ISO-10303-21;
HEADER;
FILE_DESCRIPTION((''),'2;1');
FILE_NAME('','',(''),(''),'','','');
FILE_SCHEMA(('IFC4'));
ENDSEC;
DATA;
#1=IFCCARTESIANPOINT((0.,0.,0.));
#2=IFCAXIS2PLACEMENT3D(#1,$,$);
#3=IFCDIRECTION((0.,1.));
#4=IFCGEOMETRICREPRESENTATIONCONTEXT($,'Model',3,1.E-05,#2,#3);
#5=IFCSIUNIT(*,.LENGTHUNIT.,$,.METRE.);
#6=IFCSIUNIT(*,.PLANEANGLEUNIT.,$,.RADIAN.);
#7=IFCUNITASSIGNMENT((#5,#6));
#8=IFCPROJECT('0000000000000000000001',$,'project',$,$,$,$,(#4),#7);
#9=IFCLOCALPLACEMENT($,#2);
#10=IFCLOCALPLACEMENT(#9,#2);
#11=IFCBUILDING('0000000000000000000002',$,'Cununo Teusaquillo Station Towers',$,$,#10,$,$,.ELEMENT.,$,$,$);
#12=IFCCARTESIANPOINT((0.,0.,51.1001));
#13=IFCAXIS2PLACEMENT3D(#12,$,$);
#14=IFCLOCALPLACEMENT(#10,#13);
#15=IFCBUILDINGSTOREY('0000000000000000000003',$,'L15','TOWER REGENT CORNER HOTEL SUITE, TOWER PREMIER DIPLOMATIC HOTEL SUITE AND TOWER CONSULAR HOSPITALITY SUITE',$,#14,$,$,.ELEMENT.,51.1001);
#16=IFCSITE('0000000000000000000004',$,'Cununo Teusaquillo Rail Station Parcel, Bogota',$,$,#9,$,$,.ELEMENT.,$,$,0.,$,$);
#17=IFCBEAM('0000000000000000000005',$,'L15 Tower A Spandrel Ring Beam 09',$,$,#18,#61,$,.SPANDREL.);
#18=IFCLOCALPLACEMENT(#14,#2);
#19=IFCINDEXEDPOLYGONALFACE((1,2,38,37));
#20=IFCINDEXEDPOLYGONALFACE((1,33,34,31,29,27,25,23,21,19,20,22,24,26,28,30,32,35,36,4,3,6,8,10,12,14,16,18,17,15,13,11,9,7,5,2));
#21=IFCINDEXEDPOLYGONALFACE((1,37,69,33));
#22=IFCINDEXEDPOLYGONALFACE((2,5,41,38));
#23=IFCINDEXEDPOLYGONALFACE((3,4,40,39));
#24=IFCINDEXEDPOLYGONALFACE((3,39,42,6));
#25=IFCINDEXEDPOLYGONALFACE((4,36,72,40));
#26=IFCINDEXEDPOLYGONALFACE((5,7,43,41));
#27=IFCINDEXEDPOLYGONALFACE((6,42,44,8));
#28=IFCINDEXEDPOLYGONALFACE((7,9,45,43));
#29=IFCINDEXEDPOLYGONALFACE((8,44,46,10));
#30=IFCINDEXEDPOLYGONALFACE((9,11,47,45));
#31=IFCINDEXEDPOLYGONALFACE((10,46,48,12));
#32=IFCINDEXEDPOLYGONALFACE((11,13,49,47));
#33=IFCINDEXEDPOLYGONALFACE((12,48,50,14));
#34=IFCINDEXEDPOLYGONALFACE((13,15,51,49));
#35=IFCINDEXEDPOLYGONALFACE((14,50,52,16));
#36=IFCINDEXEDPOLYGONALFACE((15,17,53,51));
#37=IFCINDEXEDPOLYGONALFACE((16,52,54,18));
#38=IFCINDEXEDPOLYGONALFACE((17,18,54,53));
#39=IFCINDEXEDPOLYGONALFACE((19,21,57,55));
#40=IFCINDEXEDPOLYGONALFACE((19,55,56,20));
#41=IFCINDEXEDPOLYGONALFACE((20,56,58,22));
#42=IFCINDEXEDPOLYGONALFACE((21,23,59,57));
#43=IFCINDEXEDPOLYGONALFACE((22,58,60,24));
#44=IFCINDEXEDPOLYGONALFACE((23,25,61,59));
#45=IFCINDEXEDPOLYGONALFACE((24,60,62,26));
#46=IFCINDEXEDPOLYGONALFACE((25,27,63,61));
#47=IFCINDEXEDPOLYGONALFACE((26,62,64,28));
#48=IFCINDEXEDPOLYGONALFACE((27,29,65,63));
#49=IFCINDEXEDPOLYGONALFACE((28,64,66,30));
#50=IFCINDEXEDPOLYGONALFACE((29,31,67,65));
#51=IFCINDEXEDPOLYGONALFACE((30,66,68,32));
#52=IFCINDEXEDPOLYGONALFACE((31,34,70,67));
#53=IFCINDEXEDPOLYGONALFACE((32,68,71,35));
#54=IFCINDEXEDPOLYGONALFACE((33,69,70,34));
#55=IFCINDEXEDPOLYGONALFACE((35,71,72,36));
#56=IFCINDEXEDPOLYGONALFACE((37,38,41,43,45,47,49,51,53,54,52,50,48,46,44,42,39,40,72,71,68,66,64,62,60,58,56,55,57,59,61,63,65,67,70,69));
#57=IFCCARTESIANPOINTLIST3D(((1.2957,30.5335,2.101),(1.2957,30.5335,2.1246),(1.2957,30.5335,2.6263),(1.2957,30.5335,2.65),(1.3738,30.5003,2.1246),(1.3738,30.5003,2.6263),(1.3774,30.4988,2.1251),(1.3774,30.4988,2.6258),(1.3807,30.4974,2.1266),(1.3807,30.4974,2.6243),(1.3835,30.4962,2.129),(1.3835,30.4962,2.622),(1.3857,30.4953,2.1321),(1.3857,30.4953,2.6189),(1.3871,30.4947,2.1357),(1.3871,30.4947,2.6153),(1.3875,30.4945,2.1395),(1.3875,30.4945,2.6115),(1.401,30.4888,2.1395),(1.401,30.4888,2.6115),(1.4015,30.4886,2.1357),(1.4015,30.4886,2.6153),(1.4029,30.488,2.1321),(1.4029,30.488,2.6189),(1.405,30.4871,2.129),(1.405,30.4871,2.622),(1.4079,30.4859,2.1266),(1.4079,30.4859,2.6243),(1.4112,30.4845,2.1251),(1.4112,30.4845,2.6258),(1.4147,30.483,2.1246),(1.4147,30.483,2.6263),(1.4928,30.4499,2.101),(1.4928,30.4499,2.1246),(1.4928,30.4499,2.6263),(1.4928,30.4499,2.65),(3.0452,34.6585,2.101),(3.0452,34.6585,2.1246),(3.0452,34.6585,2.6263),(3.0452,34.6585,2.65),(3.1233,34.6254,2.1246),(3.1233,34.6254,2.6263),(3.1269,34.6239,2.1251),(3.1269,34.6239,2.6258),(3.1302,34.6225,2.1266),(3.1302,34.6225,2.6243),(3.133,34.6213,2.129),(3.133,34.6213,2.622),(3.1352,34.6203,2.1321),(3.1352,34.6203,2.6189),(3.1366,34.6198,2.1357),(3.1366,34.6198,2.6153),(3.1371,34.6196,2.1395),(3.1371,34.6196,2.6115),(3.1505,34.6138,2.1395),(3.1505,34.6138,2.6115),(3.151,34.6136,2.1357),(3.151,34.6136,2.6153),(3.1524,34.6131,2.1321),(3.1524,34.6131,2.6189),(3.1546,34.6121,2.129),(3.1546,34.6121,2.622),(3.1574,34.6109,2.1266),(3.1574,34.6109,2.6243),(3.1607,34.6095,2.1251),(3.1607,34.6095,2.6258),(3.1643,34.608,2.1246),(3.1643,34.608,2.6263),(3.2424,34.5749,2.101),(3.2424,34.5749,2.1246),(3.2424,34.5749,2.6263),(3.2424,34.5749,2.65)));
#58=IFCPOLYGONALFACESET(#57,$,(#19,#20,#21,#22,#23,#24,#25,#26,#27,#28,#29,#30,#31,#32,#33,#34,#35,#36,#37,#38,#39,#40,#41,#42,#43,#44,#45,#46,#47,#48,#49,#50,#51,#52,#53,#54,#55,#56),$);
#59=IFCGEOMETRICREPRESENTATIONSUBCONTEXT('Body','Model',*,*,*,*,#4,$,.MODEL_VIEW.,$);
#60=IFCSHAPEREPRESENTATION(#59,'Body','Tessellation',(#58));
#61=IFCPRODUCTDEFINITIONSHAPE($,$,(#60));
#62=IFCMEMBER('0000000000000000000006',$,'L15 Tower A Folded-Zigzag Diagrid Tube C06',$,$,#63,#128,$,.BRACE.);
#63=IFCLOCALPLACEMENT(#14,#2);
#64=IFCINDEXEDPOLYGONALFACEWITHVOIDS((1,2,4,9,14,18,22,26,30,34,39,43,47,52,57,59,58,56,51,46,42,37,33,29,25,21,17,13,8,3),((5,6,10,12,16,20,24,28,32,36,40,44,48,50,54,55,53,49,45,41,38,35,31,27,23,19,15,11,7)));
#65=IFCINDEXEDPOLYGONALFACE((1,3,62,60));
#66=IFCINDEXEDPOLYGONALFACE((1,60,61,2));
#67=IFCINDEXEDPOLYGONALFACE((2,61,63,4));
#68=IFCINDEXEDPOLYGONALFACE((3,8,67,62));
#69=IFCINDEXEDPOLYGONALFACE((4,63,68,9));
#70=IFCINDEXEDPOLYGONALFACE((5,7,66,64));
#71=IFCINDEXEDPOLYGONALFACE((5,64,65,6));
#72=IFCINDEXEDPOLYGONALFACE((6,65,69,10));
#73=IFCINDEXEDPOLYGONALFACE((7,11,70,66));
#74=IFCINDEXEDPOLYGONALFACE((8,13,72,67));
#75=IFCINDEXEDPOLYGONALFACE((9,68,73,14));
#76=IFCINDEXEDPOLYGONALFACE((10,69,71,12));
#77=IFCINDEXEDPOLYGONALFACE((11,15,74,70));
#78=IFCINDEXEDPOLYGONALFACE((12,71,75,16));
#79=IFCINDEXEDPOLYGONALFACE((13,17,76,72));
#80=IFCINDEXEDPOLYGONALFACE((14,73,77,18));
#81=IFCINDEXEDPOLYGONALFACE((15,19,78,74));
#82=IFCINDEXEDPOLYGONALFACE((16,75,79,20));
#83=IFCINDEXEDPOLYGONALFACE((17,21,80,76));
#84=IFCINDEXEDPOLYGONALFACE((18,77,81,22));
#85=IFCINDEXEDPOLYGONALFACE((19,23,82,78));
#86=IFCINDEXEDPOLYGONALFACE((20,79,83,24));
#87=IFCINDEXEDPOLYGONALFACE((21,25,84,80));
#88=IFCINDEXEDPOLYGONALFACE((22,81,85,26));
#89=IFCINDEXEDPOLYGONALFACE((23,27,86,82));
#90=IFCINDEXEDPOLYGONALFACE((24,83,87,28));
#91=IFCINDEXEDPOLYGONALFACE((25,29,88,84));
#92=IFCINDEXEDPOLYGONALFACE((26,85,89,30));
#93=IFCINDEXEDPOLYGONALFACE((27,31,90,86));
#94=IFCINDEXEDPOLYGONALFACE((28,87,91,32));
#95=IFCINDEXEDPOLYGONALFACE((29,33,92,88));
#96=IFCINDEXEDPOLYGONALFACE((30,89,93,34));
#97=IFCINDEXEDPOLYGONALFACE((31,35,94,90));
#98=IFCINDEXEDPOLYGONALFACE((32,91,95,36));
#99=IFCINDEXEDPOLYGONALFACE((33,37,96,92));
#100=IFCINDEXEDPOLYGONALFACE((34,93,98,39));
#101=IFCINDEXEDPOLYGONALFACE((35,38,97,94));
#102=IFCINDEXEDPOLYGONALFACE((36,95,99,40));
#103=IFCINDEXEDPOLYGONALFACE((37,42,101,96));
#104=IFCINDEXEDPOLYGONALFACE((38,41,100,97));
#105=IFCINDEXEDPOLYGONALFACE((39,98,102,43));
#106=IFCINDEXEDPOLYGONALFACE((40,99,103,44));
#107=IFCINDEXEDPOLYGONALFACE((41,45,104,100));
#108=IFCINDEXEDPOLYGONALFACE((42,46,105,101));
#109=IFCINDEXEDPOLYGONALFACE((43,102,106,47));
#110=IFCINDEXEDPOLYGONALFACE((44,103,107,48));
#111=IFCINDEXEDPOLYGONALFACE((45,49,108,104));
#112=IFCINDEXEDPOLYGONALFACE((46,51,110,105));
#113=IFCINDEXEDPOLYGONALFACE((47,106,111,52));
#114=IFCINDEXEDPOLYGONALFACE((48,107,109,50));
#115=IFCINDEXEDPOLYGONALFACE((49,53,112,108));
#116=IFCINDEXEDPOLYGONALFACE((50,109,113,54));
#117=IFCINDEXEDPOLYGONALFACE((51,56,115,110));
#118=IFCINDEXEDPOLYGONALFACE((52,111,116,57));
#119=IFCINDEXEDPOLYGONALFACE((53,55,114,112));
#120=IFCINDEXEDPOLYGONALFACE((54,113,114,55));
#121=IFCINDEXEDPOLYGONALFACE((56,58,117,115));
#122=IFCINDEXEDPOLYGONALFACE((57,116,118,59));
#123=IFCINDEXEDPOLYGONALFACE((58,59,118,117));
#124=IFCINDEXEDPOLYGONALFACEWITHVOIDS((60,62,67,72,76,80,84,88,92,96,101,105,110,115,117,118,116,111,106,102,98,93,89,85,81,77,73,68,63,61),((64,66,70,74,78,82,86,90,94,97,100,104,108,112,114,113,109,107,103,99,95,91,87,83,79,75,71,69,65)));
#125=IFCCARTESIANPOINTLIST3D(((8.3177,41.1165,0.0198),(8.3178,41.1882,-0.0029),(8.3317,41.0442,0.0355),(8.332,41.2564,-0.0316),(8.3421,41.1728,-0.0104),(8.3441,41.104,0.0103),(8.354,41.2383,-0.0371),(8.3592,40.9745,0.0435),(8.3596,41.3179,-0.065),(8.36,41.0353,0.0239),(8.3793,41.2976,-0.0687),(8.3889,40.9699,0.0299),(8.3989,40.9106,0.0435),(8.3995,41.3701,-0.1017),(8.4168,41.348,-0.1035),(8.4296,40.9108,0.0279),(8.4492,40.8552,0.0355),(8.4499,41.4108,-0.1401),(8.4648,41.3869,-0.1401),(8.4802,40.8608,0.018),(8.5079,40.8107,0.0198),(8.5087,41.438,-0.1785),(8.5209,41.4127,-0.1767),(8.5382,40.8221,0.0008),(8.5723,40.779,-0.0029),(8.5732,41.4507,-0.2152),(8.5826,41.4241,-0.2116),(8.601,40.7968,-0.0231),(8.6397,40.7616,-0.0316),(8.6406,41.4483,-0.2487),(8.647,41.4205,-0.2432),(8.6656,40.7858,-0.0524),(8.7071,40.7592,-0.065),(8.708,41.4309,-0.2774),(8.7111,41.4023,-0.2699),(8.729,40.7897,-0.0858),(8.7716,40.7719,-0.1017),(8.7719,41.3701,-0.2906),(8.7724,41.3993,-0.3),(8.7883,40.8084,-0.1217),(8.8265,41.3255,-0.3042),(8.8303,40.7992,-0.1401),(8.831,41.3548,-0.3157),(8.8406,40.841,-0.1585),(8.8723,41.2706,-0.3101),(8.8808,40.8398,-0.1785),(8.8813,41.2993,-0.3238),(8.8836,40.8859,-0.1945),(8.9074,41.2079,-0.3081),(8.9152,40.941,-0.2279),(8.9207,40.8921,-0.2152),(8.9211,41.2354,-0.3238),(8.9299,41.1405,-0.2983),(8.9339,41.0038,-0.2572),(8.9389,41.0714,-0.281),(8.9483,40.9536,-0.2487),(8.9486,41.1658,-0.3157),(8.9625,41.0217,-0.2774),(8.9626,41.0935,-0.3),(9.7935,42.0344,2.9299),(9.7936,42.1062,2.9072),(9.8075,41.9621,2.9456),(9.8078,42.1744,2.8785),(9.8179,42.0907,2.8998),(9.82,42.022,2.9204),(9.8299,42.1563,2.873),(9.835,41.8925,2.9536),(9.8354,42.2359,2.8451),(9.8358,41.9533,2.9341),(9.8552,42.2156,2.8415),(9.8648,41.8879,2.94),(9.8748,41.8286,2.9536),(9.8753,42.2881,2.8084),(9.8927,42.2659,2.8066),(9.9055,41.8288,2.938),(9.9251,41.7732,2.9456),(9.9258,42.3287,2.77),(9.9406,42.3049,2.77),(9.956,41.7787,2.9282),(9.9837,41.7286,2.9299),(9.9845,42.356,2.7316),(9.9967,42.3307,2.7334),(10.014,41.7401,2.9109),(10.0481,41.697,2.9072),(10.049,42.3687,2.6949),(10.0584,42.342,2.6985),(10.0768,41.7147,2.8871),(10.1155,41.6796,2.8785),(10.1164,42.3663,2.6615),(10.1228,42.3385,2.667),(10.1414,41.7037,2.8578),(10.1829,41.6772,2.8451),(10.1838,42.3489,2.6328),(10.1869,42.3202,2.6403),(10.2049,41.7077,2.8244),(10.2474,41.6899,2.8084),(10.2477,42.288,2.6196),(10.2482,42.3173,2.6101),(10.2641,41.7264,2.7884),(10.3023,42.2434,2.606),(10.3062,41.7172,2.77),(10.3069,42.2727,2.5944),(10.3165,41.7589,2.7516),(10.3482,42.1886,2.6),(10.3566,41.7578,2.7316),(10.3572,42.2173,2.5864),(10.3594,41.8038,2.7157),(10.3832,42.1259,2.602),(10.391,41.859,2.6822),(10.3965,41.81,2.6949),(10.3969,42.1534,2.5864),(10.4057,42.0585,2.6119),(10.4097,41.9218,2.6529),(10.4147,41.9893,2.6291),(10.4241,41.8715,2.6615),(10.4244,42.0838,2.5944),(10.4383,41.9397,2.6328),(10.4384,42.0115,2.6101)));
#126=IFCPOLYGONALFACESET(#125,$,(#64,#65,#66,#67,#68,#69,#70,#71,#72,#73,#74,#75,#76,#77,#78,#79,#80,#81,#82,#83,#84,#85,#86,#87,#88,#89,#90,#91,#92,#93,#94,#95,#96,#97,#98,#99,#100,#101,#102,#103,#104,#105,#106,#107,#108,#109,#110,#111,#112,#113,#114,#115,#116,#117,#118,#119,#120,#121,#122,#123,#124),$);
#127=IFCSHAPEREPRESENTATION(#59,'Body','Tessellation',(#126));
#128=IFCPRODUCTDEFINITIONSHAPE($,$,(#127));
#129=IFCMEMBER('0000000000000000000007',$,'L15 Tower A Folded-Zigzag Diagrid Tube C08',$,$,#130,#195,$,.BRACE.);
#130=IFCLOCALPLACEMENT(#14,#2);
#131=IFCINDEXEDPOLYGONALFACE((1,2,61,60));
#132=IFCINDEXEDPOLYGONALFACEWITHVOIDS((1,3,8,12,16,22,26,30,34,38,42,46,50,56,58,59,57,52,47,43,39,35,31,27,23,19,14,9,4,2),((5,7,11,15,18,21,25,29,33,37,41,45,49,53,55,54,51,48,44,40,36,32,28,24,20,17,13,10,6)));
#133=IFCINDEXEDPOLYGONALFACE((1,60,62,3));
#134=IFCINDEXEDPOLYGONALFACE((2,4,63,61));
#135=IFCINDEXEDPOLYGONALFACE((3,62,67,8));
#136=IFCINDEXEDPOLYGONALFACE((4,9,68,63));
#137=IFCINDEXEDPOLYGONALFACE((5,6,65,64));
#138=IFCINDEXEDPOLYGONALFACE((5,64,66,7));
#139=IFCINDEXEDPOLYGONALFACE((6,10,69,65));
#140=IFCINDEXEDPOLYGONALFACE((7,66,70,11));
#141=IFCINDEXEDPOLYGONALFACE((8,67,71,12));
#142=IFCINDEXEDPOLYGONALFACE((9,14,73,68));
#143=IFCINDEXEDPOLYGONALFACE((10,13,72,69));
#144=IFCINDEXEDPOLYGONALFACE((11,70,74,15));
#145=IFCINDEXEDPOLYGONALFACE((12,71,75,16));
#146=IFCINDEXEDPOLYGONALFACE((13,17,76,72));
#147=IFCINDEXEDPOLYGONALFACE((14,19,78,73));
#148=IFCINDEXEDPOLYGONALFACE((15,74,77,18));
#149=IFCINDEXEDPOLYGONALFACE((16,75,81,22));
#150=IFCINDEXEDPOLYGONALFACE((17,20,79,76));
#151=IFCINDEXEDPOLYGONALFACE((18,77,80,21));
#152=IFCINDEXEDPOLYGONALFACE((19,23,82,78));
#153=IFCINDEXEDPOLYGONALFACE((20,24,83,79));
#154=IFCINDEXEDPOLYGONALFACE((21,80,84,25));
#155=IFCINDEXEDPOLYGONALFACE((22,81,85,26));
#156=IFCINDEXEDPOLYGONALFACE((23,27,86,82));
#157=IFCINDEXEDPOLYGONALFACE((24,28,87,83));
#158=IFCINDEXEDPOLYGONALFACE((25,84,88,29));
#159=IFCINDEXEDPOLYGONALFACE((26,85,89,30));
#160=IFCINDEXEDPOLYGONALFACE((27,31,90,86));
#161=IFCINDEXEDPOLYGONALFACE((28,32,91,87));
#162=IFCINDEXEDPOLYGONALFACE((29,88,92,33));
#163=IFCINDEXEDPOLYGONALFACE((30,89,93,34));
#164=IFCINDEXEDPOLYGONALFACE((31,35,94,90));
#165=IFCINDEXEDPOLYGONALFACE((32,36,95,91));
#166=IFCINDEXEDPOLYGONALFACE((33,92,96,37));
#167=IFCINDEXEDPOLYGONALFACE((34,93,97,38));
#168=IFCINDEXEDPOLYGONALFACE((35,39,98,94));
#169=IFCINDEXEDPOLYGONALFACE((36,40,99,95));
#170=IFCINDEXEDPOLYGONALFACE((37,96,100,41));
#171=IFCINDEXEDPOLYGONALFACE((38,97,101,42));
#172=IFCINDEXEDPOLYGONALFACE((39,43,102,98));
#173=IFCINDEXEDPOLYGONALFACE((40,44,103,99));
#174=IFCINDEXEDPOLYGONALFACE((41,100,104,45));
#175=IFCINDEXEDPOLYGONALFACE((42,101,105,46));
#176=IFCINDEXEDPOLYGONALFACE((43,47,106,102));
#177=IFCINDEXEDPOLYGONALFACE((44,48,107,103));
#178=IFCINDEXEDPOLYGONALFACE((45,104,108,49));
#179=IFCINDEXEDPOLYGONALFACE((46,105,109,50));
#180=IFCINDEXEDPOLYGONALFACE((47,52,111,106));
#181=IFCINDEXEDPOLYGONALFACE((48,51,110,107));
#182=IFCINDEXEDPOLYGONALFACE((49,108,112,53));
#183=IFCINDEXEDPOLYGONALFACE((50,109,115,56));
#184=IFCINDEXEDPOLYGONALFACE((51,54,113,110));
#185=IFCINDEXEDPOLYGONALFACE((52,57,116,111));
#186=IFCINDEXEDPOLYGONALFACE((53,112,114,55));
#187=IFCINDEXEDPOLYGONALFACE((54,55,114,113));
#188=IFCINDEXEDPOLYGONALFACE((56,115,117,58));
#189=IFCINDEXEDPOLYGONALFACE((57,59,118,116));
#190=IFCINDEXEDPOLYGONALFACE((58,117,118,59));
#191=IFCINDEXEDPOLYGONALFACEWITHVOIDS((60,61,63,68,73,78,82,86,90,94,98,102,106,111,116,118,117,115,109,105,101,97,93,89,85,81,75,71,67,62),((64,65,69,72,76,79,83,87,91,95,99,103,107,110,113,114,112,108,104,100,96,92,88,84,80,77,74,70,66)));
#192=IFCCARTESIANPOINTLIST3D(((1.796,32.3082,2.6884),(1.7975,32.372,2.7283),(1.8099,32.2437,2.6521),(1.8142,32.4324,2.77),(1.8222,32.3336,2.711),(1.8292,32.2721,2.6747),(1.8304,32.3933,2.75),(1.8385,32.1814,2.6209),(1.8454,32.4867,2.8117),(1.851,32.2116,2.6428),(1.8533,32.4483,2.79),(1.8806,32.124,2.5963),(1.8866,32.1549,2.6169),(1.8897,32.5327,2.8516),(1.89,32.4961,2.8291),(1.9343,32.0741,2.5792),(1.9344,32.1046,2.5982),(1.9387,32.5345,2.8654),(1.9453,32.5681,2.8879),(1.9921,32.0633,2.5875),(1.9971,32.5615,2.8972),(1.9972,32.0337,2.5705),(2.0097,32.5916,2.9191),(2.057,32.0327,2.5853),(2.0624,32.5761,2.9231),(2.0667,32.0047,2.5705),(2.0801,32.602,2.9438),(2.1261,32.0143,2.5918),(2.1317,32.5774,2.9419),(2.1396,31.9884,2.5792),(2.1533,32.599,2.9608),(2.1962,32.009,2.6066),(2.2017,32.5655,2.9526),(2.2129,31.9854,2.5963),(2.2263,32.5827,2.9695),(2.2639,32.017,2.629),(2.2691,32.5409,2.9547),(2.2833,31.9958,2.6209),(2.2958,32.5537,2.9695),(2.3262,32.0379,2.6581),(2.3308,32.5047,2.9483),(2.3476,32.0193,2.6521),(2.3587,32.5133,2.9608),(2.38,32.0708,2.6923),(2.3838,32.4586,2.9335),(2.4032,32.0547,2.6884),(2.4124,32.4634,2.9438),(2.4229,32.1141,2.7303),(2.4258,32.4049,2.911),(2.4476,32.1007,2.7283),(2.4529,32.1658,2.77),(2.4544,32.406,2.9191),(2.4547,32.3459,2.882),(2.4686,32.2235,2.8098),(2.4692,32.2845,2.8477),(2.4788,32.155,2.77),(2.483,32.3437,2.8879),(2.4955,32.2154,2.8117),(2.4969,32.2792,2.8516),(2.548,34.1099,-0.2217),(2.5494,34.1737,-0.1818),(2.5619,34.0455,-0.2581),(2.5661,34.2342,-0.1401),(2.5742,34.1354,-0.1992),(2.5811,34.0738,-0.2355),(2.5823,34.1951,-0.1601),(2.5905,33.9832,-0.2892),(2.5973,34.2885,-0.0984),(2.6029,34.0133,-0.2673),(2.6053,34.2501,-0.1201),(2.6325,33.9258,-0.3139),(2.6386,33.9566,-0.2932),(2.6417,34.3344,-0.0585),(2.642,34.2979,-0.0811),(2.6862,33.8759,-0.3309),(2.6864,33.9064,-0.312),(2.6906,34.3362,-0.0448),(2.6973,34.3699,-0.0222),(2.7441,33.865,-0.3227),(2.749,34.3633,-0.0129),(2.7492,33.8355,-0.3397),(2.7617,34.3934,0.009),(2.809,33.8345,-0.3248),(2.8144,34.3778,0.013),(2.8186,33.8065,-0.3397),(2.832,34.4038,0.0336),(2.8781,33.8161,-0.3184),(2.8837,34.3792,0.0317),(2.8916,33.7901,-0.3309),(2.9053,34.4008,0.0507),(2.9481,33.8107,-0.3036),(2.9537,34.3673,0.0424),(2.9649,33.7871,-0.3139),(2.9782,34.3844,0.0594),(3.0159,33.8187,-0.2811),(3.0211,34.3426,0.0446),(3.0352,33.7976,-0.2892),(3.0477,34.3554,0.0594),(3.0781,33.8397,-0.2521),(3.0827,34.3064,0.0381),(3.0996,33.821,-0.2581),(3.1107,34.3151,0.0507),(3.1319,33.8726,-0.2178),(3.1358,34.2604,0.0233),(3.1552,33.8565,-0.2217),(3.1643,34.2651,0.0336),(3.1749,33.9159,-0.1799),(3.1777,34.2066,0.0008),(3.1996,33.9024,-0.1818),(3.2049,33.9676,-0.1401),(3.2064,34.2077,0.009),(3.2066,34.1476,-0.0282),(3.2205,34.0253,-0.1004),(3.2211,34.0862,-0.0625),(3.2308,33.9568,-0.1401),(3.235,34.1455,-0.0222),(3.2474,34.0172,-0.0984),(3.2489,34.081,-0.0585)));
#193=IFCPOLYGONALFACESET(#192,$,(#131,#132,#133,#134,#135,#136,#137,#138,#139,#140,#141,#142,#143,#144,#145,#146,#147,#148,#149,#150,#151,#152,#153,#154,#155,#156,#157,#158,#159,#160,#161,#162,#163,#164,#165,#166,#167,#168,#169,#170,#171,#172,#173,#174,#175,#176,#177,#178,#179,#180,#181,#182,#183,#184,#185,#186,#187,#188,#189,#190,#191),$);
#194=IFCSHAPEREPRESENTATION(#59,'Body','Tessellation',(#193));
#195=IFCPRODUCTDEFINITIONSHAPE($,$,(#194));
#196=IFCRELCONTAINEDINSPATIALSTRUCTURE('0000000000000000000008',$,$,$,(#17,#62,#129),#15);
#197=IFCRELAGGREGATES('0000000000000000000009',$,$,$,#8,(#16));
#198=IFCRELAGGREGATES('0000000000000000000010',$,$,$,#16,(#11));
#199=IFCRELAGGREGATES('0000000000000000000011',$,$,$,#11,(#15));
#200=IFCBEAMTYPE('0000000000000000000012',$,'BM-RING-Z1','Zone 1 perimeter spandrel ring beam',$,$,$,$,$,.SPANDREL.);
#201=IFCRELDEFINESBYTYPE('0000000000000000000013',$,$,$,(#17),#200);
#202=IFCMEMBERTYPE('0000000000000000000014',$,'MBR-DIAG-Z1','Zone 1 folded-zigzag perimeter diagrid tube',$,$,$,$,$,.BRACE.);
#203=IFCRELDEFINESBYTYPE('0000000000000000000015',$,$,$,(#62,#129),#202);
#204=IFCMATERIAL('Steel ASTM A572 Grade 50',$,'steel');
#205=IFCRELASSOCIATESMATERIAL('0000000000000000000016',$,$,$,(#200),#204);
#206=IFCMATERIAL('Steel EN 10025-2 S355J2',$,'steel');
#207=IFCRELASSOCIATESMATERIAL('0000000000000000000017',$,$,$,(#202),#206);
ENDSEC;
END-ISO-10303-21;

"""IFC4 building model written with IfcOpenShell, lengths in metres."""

from ifc_helpers import new_model, si_unit, direction, frame, origin, origin_2d, place, context, subcontext, project, spatial, hollow_circle, i_section, extrude, material, material_profile, profile_set, type_object, element, save


model = new_model("IFC4")

# Units and contexts
model_context = context("Model", 3, precision=1e-05, world=origin(), true_north=direction((0.0, 1.0)))
body_context = subcontext(model_context, "Body", "Model", "MODEL_VIEW")
ifc_project = project(units=[si_unit("LENGTHUNIT", "METRE"), si_unit("PLANEANGLEUNIT", "RADIAN")], contexts=[model_context])

# Site, building, storey
site_placement = place(None, origin())
site = spatial("IfcSite", under=ifc_project, at=site_placement, Name="Cununo Teusaquillo Rail Station Parcel, Bogota", CompositionType="ELEMENT", RefElevation=0.0)
building_placement = place(site_placement, origin())
building = spatial("IfcBuilding", under=site, at=building_placement, Name="Cununo Teusaquillo Station Towers", CompositionType="ELEMENT")
storey_placement = place(building_placement, frame((0.0, 0.0, 51.1001)))
storey = spatial("IfcBuildingStorey", under=building, at=storey_placement, Name="L15", Description="TOWER REGENT CORNER HOTEL SUITE, TOWER PREMIER DIPLOMATIC HOTEL SUITE AND TOWER CONSULAR HOSPITALITY SUITE", CompositionType="ELEMENT", Elevation=51.1001)

# Beam
ifc_material_1 = material(Name="Steel ASTM A572 Grade 50", Category="steel")
ifc_material_profile_1 = material_profile(ifc_material_1, i_section(OverallWidth=0.2141, OverallDepth=0.5491, WebThickness=0.0146, FlangeThickness=0.0237, FilletRadius=0.0149, at=origin_2d()), Name="W21X93")
ifc_profile_set_1 = profile_set([ifc_material_profile_1], Name="Steel ASTM A572 Grade 50")
beam_type = type_object("IfcBeamType", Name="BM-RING-Z1", Description="Zone 1 perimeter spandrel ring beam", PredefinedType="SPANDREL", material=ifc_profile_set_1)
beam_1_placement = place(storey_placement, frame((3.1438, 34.6167, 2.3755), z_axis=(-0.390457, -0.920621, 0.0), x_axis=(0.920621, -0.390457, 0.0)))
element("IfcBeam", 1, at=beam_1_placement, inside=storey, type_object=beam_type, Name="L15 Tower A Spandrel Ring Beam 09", PredefinedType="SPANDREL", context=body_context, shape_type="SweptSolid", body=[
    extrude(i_section(OverallWidth=0.2141, OverallDepth=0.5491, WebThickness=0.0146, FlangeThickness=0.0237, FilletRadius=0.0149, at=origin_2d()), origin(), (0.0, 0.0, 1.0), 4.4807),
])

# Members
ifc_material_2 = material(Name="Steel EN 10025-2 S355J2", Category="steel")
ifc_material_profile_2 = material_profile(ifc_material_2, hollow_circle(Radius=0.3601, WallThickness=0.0281, at=origin_2d()), Name="CHS 720x28")
ifc_profile_set_2 = profile_set([ifc_material_profile_2], Name="Steel EN 10025-2 S355J2")
member_type = type_object("IfcMemberType", Name="MBR-DIAG-Z1", Description="Zone 1 folded-zigzag perimeter diagrid tube", PredefinedType="BRACE", material=ifc_profile_set_2)
member_1_placement = place(storey_placement, frame((8.6401, 41.105, -0.1401), z_axis=(0.435393, 0.270815, 0.858541), x_axis=(-0.528167, 0.849141, 0.0)))
element("IfcMember", 2, at=member_1_placement, inside=storey, type_object=member_type, Name="L15 Tower A Folded-Zigzag Diagrid Tube C06", PredefinedType="BRACE", context=body_context, shape_type="SweptSolid", body=[
    extrude(hollow_circle(Radius=0.3601, WallThickness=0.0281, at=origin_2d()), origin(), (0.0, 0.0, 1.0), 3.3896),
])
member_2_placement = place(storey_placement, frame((2.8984, 34.0955, -0.1401), z_axis=(-0.214574, -0.514143, 0.830431), x_axis=(0.922855, -0.385148, 0.0)))
element("IfcMember", 3, at=member_2_placement, inside=storey, type_object=member_type, Name="L15 Tower A Folded-Zigzag Diagrid Tube C08", PredefinedType="BRACE", context=body_context, shape_type="SweptSolid", body=[
    extrude(hollow_circle(Radius=0.3601, WallThickness=0.0281, at=origin_2d()), origin(), (0.0, 0.0, 1.0), 3.5044),
])

save(model, "model.ifc")
